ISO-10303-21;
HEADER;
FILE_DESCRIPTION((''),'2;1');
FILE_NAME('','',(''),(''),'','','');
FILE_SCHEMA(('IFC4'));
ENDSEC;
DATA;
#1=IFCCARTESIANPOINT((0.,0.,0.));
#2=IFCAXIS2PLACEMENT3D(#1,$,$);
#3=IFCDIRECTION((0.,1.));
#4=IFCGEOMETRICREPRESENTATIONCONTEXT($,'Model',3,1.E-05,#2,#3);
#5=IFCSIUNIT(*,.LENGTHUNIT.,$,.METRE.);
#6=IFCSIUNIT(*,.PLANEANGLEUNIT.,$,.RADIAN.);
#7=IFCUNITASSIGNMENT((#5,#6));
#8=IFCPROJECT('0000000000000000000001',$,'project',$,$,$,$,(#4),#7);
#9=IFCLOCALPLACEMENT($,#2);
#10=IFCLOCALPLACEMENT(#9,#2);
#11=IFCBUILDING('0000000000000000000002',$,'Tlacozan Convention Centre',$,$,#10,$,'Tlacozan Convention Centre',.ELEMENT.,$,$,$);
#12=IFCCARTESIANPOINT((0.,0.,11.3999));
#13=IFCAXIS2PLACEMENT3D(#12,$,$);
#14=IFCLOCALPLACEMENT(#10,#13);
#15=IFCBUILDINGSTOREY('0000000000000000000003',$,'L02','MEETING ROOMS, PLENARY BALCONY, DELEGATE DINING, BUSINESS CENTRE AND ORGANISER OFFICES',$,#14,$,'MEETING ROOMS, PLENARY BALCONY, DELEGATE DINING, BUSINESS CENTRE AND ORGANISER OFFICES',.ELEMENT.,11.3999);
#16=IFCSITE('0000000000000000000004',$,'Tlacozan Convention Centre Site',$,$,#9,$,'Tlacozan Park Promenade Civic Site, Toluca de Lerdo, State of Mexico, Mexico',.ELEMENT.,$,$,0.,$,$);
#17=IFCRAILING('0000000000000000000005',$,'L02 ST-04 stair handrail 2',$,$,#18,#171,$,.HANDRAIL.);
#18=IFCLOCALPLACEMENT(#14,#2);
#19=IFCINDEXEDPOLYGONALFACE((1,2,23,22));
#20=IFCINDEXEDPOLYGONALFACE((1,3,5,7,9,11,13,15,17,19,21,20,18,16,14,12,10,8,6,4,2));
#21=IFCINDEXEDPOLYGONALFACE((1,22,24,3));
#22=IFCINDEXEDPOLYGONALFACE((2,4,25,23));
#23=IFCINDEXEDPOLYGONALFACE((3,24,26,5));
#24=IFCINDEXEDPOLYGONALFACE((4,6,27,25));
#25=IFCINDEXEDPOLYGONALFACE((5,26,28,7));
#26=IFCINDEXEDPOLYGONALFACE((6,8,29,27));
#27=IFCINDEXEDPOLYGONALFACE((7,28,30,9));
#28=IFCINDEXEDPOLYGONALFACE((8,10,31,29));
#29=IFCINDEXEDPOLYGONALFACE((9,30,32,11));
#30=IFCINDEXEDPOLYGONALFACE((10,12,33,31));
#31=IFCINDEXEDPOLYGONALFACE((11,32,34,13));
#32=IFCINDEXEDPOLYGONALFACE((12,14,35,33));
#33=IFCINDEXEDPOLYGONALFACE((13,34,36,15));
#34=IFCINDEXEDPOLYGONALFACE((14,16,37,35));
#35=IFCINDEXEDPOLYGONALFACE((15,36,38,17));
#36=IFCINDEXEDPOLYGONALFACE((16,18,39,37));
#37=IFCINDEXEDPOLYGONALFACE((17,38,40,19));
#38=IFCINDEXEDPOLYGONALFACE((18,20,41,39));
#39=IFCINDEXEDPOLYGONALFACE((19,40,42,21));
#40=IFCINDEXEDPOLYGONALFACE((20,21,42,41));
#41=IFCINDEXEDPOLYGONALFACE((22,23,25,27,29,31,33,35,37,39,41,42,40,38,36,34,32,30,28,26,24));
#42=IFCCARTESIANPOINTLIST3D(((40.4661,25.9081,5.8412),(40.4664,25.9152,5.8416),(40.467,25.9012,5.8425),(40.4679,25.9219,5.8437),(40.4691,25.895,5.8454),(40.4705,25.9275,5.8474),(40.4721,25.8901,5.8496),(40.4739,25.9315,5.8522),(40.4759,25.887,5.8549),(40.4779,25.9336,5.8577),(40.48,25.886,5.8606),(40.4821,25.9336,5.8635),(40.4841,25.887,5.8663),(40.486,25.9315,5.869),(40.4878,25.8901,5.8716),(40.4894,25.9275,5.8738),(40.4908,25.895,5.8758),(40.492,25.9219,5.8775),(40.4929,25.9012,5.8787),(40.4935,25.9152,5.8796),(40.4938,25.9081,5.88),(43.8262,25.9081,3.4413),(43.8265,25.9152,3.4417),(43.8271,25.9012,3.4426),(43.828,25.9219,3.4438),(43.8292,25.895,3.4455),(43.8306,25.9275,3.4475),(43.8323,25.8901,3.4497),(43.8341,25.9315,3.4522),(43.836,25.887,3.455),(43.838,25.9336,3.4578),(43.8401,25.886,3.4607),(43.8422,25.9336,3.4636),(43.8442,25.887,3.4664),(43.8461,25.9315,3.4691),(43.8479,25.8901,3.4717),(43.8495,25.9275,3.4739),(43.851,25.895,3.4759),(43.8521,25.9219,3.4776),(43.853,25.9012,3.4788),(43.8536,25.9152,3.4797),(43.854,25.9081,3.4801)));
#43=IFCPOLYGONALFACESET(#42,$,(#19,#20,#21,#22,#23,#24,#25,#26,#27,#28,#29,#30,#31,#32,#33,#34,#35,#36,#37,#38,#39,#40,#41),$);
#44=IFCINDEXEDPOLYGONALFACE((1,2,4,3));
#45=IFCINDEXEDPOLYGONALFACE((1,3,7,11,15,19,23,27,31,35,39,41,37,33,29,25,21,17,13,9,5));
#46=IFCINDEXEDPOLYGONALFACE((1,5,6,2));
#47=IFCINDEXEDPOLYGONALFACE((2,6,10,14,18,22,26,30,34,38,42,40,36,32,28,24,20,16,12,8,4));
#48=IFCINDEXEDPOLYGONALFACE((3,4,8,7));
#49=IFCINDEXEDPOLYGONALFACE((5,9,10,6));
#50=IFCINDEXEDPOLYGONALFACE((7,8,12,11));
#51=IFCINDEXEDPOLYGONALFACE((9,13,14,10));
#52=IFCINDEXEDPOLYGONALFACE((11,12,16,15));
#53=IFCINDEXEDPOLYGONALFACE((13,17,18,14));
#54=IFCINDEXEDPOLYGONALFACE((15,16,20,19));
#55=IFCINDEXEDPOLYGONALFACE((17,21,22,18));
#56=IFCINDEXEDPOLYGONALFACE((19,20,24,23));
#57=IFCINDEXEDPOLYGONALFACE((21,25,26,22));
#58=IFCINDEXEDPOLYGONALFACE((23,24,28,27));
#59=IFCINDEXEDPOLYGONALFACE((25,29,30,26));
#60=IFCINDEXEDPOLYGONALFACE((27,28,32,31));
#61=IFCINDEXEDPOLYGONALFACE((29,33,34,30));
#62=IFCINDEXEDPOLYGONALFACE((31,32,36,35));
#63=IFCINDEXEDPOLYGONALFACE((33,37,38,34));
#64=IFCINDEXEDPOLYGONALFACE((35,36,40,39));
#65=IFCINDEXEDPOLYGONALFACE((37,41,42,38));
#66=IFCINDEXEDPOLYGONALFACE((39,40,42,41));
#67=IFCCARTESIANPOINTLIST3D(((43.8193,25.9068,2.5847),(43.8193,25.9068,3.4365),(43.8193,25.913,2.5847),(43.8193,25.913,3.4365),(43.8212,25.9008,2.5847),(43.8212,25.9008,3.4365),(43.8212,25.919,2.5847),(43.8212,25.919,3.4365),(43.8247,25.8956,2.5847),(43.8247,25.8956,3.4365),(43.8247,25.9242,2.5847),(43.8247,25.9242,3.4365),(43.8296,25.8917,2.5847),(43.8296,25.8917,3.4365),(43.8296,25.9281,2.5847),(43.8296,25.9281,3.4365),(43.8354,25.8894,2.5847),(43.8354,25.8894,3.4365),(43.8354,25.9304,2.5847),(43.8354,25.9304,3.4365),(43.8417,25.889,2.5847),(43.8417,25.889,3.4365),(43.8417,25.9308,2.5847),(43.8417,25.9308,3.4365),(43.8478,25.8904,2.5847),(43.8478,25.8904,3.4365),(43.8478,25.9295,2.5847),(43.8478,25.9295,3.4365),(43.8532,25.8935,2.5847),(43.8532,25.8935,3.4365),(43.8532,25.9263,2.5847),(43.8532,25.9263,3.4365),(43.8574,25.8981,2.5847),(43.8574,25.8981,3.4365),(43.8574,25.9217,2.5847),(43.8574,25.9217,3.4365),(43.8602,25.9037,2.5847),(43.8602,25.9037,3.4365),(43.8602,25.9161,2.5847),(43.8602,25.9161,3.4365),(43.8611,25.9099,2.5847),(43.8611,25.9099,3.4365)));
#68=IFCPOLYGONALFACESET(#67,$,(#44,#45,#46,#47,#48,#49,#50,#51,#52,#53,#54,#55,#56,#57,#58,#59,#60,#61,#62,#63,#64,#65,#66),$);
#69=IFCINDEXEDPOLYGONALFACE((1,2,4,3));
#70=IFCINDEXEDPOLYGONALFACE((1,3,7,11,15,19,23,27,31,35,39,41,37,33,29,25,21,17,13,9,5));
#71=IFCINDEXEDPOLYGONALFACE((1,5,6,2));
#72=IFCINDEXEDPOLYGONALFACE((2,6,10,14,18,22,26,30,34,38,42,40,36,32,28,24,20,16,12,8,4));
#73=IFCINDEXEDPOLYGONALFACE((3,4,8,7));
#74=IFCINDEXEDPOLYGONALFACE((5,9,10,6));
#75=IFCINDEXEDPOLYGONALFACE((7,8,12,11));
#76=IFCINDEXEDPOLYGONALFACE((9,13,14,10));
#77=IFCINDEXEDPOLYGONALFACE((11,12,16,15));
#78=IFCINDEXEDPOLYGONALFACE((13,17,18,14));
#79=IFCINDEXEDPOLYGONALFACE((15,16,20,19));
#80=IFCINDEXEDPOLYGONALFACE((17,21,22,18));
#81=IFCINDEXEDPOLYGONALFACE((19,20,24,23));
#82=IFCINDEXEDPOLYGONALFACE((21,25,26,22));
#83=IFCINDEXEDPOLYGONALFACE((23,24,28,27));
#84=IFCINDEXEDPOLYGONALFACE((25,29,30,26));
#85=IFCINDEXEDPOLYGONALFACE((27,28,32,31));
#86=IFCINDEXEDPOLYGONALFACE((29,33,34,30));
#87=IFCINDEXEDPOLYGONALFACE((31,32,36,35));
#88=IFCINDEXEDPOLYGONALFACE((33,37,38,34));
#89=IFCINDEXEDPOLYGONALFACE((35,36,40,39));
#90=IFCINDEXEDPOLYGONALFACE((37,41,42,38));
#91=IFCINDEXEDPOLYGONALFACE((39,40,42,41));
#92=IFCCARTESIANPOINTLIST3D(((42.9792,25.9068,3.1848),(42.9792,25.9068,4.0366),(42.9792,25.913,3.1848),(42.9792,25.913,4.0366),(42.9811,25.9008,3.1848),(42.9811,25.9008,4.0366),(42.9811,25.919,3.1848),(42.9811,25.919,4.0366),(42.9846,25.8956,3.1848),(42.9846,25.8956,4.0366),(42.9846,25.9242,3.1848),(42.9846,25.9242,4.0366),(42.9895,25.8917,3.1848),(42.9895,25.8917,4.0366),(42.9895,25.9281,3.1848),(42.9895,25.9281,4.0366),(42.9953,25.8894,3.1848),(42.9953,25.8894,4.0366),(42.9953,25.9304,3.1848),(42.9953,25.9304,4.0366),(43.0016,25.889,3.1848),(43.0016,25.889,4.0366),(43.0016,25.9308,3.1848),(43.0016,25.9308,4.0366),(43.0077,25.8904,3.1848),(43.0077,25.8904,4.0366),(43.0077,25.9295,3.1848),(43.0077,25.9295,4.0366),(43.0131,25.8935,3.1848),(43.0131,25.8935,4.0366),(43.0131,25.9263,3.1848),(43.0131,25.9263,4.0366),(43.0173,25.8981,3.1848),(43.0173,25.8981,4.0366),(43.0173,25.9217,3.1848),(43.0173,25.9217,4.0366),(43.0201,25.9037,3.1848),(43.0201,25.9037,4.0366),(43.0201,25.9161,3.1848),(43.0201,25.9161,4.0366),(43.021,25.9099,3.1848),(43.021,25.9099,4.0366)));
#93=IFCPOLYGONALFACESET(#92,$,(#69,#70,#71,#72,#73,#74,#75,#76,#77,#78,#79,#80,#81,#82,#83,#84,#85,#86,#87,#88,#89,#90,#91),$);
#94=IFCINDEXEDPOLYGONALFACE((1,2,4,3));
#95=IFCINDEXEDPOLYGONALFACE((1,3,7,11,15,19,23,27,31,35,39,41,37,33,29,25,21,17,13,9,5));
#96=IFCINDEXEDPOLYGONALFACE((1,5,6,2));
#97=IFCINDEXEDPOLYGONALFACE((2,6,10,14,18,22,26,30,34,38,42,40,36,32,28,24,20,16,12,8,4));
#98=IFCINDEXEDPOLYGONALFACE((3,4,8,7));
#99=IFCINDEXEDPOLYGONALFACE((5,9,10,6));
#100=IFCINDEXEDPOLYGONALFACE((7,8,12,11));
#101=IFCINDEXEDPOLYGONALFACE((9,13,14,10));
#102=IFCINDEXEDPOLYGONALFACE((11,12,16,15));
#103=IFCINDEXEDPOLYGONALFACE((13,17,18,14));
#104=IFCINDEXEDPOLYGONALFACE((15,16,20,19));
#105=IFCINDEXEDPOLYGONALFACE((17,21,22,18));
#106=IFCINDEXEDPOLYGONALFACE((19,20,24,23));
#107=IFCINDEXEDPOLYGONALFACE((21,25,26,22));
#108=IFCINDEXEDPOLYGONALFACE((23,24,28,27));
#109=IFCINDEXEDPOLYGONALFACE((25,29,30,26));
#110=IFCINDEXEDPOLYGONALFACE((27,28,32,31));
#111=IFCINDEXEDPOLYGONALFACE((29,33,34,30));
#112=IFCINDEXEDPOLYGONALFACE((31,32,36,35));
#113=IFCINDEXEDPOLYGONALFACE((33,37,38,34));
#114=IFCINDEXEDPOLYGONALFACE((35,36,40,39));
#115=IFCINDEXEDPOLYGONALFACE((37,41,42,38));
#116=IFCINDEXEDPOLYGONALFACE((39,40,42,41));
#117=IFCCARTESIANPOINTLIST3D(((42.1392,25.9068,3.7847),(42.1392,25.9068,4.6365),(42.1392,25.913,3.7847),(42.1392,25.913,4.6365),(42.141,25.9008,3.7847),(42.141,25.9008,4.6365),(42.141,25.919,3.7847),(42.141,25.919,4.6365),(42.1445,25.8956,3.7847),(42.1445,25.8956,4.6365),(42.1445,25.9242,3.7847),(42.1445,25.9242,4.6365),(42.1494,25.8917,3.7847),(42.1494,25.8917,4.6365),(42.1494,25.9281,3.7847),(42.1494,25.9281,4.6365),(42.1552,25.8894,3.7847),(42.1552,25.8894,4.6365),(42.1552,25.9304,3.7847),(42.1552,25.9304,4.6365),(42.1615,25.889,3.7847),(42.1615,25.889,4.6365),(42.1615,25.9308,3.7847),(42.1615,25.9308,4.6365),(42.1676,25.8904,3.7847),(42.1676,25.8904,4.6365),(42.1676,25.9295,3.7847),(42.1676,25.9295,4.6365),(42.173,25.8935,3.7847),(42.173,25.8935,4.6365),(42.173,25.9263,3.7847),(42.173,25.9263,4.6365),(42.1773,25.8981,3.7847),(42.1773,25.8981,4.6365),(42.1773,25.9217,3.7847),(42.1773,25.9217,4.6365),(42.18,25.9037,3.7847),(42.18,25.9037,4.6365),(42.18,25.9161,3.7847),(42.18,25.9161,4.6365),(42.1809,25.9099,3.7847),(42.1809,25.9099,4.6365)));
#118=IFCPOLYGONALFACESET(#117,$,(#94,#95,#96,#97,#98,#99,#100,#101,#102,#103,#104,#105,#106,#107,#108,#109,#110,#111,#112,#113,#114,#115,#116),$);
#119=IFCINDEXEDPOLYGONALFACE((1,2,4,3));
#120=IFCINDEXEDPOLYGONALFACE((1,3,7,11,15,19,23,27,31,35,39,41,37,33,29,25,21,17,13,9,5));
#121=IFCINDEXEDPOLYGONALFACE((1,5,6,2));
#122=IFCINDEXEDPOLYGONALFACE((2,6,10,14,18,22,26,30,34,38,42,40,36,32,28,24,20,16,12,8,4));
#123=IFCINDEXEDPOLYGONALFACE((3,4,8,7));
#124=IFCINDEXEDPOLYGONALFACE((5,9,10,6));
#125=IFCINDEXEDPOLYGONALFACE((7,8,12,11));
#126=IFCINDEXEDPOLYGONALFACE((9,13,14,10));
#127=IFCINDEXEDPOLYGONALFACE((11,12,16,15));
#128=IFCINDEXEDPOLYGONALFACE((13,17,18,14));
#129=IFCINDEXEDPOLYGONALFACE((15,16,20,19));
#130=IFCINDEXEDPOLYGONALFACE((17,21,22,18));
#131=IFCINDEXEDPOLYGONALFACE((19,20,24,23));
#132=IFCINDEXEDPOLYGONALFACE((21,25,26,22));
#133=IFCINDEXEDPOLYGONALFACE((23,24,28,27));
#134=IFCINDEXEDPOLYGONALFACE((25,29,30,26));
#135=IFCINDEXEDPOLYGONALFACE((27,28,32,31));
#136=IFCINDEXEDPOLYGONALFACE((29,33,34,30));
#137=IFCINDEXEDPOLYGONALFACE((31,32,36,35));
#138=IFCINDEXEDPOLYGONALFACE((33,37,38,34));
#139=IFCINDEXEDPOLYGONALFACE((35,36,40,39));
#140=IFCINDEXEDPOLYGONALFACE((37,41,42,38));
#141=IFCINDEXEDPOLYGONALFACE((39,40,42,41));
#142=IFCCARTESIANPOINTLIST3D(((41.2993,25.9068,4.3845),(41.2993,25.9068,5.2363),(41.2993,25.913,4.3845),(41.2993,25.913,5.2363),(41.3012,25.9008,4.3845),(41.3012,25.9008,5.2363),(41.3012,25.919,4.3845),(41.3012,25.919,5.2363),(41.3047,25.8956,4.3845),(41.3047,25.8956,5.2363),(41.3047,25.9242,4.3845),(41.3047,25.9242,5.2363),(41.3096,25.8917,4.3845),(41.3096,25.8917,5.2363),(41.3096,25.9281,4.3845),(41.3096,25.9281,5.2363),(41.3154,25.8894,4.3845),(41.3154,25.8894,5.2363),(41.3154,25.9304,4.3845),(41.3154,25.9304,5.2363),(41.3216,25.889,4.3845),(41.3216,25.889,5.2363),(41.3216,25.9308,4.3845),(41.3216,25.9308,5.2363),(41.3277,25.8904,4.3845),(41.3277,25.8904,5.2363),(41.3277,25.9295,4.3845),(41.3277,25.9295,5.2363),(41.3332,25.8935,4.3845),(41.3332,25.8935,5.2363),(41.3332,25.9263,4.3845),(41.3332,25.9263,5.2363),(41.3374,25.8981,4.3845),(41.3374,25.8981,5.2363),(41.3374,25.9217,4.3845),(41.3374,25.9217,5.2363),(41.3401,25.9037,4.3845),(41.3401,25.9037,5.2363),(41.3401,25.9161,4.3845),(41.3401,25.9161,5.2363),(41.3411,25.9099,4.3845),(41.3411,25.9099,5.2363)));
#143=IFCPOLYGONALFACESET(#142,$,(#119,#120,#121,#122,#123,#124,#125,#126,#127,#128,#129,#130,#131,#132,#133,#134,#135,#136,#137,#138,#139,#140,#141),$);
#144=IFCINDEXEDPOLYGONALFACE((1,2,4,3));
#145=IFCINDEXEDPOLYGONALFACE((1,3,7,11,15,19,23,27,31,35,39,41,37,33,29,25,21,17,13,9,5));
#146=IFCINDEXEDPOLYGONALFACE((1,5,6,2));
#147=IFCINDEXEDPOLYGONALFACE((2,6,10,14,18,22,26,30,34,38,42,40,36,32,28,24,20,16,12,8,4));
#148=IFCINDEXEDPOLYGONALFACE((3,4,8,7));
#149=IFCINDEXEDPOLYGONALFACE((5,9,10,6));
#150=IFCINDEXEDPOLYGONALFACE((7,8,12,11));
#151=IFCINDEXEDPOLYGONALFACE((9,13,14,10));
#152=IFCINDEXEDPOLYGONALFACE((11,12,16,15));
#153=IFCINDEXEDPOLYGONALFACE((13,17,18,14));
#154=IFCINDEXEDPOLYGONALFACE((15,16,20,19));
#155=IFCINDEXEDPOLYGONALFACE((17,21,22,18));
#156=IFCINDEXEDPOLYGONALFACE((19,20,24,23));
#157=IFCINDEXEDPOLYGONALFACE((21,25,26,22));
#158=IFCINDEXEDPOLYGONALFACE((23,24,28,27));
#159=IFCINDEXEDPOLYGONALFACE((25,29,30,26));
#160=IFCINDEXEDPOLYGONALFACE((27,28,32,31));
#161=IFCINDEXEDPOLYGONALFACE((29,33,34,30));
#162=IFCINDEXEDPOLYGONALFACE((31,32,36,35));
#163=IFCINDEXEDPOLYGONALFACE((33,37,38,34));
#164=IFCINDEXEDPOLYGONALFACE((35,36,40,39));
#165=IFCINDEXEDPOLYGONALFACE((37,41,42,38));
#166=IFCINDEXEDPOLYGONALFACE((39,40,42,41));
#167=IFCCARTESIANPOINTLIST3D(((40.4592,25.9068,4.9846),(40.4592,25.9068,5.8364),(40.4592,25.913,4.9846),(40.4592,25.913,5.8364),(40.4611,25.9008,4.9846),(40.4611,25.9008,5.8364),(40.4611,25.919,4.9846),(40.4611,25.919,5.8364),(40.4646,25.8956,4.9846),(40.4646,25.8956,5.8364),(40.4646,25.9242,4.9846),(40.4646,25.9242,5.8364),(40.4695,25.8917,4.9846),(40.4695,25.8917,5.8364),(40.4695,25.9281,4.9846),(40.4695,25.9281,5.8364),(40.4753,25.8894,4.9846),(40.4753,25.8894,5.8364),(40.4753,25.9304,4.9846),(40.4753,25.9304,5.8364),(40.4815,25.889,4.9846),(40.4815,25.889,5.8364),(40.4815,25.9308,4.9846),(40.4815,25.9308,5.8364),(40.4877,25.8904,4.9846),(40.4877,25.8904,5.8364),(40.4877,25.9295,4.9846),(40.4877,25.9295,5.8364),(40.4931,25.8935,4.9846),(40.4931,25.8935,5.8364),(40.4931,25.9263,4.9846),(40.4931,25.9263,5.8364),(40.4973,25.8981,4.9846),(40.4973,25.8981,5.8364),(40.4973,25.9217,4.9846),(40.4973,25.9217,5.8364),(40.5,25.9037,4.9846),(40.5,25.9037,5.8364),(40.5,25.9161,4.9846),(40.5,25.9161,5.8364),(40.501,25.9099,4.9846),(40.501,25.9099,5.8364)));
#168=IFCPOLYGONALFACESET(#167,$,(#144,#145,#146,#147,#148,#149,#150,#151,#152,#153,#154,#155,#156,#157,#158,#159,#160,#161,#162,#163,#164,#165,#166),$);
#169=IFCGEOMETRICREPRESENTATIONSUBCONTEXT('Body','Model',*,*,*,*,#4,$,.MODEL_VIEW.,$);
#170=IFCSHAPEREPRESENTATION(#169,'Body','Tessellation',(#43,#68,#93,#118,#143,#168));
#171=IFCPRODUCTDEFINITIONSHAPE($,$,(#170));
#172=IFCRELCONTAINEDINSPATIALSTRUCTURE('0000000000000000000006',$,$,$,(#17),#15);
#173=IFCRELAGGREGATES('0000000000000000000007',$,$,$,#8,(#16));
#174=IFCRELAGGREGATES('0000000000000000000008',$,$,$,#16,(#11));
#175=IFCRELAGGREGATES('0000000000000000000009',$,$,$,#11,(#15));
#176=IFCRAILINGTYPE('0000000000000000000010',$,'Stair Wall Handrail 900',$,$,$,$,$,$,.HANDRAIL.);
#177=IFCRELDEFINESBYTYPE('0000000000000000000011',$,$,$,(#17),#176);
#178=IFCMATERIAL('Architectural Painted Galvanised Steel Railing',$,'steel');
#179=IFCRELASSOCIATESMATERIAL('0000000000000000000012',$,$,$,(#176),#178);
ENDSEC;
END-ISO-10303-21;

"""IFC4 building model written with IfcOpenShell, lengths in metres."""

from ifc_helpers import new_model, si_unit, direction, frame, origin, origin_2d, place, context, subcontext, project, spatial, circle, extrude, material, type_object, element, save


model = new_model("IFC4")

# Units and contexts
model_context = context("Model", 3, precision=1e-05, world=origin(), true_north=direction((0.0, 1.0)))
body_context = subcontext(model_context, "Body", "Model", "MODEL_VIEW")
ifc_project = project(units=[si_unit("LENGTHUNIT", "METRE"), si_unit("PLANEANGLEUNIT", "RADIAN")], contexts=[model_context])

# Site, building, storey
site_placement = place(None, origin())
site = spatial("IfcSite", under=ifc_project, at=site_placement, Name="Tlacozan Convention Centre Site", LongName="Tlacozan Park Promenade Civic Site, Toluca de Lerdo, State of Mexico, Mexico", CompositionType="ELEMENT", RefElevation=0.0)
building_placement = place(site_placement, origin())
building = spatial("IfcBuilding", under=site, at=building_placement, Name="Tlacozan Convention Centre", LongName="Tlacozan Convention Centre", CompositionType="ELEMENT")
storey_placement = place(building_placement, frame((0.0, 0.0, 11.3999)))
storey = spatial("IfcBuildingStorey", under=building, at=storey_placement, Name="L02", Description="MEETING ROOMS, PLENARY BALCONY, DELEGATE DINING, BUSINESS CENTRE AND ORGANISER OFFICES", LongName="MEETING ROOMS, PLENARY BALCONY, DELEGATE DINING, BUSINESS CENTRE AND ORGANISER OFFICES", CompositionType="ELEMENT", Elevation=11.3999)

# Railing
ifc_material_1 = material(Name="Architectural Painted Galvanised Steel Railing", Category="steel")
railing_type_1 = type_object("IfcRailingType", Name="Stair Wall Handrail 900", PredefinedType="HANDRAIL", material=ifc_material_1)
railing_1_placement = place(storey_placement, frame((43.8401, 25.9099, 2.5847)))
element("IfcRailing", 1, at=railing_1_placement, inside=storey, type_object=railing_type_1, Name="L02 ST-04 stair handrail 2", PredefinedType="HANDRAIL", context=body_context, shape_type="SweptSolid", body=[
    extrude(circle(Radius=0.0239, at=origin_2d()), frame((0.0, 0.0, 0.876), z_axis=(-0.813753, 0.0, 0.58121), x_axis=(0.0, -1.0, 0.0)), (0.0, 0.0, 1.0), 4.1292),
    extrude(circle(Radius=0.021, at=origin_2d()), origin(), (0.0, 0.0, 1.0), 0.8518),
    extrude(circle(Radius=0.021, at=origin_2d()), frame((-0.8401, 0.0, 0.6001)), (0.0, 0.0, 1.0), 0.8518),
    extrude(circle(Radius=0.021, at=origin_2d()), frame((-1.6802, 0.0, 1.2)), (0.0, 0.0, 1.0), 0.8518),
    extrude(circle(Radius=0.021, at=origin_2d()), frame((-2.52, 0.0, 1.7998)), (0.0, 0.0, 1.0), 0.8518),
    extrude(circle(Radius=0.021, at=origin_2d()), frame((-3.3601, 0.0, 2.3999)), (0.0, 0.0, 1.0), 0.8518),
])

save(model, "model.ifc")
